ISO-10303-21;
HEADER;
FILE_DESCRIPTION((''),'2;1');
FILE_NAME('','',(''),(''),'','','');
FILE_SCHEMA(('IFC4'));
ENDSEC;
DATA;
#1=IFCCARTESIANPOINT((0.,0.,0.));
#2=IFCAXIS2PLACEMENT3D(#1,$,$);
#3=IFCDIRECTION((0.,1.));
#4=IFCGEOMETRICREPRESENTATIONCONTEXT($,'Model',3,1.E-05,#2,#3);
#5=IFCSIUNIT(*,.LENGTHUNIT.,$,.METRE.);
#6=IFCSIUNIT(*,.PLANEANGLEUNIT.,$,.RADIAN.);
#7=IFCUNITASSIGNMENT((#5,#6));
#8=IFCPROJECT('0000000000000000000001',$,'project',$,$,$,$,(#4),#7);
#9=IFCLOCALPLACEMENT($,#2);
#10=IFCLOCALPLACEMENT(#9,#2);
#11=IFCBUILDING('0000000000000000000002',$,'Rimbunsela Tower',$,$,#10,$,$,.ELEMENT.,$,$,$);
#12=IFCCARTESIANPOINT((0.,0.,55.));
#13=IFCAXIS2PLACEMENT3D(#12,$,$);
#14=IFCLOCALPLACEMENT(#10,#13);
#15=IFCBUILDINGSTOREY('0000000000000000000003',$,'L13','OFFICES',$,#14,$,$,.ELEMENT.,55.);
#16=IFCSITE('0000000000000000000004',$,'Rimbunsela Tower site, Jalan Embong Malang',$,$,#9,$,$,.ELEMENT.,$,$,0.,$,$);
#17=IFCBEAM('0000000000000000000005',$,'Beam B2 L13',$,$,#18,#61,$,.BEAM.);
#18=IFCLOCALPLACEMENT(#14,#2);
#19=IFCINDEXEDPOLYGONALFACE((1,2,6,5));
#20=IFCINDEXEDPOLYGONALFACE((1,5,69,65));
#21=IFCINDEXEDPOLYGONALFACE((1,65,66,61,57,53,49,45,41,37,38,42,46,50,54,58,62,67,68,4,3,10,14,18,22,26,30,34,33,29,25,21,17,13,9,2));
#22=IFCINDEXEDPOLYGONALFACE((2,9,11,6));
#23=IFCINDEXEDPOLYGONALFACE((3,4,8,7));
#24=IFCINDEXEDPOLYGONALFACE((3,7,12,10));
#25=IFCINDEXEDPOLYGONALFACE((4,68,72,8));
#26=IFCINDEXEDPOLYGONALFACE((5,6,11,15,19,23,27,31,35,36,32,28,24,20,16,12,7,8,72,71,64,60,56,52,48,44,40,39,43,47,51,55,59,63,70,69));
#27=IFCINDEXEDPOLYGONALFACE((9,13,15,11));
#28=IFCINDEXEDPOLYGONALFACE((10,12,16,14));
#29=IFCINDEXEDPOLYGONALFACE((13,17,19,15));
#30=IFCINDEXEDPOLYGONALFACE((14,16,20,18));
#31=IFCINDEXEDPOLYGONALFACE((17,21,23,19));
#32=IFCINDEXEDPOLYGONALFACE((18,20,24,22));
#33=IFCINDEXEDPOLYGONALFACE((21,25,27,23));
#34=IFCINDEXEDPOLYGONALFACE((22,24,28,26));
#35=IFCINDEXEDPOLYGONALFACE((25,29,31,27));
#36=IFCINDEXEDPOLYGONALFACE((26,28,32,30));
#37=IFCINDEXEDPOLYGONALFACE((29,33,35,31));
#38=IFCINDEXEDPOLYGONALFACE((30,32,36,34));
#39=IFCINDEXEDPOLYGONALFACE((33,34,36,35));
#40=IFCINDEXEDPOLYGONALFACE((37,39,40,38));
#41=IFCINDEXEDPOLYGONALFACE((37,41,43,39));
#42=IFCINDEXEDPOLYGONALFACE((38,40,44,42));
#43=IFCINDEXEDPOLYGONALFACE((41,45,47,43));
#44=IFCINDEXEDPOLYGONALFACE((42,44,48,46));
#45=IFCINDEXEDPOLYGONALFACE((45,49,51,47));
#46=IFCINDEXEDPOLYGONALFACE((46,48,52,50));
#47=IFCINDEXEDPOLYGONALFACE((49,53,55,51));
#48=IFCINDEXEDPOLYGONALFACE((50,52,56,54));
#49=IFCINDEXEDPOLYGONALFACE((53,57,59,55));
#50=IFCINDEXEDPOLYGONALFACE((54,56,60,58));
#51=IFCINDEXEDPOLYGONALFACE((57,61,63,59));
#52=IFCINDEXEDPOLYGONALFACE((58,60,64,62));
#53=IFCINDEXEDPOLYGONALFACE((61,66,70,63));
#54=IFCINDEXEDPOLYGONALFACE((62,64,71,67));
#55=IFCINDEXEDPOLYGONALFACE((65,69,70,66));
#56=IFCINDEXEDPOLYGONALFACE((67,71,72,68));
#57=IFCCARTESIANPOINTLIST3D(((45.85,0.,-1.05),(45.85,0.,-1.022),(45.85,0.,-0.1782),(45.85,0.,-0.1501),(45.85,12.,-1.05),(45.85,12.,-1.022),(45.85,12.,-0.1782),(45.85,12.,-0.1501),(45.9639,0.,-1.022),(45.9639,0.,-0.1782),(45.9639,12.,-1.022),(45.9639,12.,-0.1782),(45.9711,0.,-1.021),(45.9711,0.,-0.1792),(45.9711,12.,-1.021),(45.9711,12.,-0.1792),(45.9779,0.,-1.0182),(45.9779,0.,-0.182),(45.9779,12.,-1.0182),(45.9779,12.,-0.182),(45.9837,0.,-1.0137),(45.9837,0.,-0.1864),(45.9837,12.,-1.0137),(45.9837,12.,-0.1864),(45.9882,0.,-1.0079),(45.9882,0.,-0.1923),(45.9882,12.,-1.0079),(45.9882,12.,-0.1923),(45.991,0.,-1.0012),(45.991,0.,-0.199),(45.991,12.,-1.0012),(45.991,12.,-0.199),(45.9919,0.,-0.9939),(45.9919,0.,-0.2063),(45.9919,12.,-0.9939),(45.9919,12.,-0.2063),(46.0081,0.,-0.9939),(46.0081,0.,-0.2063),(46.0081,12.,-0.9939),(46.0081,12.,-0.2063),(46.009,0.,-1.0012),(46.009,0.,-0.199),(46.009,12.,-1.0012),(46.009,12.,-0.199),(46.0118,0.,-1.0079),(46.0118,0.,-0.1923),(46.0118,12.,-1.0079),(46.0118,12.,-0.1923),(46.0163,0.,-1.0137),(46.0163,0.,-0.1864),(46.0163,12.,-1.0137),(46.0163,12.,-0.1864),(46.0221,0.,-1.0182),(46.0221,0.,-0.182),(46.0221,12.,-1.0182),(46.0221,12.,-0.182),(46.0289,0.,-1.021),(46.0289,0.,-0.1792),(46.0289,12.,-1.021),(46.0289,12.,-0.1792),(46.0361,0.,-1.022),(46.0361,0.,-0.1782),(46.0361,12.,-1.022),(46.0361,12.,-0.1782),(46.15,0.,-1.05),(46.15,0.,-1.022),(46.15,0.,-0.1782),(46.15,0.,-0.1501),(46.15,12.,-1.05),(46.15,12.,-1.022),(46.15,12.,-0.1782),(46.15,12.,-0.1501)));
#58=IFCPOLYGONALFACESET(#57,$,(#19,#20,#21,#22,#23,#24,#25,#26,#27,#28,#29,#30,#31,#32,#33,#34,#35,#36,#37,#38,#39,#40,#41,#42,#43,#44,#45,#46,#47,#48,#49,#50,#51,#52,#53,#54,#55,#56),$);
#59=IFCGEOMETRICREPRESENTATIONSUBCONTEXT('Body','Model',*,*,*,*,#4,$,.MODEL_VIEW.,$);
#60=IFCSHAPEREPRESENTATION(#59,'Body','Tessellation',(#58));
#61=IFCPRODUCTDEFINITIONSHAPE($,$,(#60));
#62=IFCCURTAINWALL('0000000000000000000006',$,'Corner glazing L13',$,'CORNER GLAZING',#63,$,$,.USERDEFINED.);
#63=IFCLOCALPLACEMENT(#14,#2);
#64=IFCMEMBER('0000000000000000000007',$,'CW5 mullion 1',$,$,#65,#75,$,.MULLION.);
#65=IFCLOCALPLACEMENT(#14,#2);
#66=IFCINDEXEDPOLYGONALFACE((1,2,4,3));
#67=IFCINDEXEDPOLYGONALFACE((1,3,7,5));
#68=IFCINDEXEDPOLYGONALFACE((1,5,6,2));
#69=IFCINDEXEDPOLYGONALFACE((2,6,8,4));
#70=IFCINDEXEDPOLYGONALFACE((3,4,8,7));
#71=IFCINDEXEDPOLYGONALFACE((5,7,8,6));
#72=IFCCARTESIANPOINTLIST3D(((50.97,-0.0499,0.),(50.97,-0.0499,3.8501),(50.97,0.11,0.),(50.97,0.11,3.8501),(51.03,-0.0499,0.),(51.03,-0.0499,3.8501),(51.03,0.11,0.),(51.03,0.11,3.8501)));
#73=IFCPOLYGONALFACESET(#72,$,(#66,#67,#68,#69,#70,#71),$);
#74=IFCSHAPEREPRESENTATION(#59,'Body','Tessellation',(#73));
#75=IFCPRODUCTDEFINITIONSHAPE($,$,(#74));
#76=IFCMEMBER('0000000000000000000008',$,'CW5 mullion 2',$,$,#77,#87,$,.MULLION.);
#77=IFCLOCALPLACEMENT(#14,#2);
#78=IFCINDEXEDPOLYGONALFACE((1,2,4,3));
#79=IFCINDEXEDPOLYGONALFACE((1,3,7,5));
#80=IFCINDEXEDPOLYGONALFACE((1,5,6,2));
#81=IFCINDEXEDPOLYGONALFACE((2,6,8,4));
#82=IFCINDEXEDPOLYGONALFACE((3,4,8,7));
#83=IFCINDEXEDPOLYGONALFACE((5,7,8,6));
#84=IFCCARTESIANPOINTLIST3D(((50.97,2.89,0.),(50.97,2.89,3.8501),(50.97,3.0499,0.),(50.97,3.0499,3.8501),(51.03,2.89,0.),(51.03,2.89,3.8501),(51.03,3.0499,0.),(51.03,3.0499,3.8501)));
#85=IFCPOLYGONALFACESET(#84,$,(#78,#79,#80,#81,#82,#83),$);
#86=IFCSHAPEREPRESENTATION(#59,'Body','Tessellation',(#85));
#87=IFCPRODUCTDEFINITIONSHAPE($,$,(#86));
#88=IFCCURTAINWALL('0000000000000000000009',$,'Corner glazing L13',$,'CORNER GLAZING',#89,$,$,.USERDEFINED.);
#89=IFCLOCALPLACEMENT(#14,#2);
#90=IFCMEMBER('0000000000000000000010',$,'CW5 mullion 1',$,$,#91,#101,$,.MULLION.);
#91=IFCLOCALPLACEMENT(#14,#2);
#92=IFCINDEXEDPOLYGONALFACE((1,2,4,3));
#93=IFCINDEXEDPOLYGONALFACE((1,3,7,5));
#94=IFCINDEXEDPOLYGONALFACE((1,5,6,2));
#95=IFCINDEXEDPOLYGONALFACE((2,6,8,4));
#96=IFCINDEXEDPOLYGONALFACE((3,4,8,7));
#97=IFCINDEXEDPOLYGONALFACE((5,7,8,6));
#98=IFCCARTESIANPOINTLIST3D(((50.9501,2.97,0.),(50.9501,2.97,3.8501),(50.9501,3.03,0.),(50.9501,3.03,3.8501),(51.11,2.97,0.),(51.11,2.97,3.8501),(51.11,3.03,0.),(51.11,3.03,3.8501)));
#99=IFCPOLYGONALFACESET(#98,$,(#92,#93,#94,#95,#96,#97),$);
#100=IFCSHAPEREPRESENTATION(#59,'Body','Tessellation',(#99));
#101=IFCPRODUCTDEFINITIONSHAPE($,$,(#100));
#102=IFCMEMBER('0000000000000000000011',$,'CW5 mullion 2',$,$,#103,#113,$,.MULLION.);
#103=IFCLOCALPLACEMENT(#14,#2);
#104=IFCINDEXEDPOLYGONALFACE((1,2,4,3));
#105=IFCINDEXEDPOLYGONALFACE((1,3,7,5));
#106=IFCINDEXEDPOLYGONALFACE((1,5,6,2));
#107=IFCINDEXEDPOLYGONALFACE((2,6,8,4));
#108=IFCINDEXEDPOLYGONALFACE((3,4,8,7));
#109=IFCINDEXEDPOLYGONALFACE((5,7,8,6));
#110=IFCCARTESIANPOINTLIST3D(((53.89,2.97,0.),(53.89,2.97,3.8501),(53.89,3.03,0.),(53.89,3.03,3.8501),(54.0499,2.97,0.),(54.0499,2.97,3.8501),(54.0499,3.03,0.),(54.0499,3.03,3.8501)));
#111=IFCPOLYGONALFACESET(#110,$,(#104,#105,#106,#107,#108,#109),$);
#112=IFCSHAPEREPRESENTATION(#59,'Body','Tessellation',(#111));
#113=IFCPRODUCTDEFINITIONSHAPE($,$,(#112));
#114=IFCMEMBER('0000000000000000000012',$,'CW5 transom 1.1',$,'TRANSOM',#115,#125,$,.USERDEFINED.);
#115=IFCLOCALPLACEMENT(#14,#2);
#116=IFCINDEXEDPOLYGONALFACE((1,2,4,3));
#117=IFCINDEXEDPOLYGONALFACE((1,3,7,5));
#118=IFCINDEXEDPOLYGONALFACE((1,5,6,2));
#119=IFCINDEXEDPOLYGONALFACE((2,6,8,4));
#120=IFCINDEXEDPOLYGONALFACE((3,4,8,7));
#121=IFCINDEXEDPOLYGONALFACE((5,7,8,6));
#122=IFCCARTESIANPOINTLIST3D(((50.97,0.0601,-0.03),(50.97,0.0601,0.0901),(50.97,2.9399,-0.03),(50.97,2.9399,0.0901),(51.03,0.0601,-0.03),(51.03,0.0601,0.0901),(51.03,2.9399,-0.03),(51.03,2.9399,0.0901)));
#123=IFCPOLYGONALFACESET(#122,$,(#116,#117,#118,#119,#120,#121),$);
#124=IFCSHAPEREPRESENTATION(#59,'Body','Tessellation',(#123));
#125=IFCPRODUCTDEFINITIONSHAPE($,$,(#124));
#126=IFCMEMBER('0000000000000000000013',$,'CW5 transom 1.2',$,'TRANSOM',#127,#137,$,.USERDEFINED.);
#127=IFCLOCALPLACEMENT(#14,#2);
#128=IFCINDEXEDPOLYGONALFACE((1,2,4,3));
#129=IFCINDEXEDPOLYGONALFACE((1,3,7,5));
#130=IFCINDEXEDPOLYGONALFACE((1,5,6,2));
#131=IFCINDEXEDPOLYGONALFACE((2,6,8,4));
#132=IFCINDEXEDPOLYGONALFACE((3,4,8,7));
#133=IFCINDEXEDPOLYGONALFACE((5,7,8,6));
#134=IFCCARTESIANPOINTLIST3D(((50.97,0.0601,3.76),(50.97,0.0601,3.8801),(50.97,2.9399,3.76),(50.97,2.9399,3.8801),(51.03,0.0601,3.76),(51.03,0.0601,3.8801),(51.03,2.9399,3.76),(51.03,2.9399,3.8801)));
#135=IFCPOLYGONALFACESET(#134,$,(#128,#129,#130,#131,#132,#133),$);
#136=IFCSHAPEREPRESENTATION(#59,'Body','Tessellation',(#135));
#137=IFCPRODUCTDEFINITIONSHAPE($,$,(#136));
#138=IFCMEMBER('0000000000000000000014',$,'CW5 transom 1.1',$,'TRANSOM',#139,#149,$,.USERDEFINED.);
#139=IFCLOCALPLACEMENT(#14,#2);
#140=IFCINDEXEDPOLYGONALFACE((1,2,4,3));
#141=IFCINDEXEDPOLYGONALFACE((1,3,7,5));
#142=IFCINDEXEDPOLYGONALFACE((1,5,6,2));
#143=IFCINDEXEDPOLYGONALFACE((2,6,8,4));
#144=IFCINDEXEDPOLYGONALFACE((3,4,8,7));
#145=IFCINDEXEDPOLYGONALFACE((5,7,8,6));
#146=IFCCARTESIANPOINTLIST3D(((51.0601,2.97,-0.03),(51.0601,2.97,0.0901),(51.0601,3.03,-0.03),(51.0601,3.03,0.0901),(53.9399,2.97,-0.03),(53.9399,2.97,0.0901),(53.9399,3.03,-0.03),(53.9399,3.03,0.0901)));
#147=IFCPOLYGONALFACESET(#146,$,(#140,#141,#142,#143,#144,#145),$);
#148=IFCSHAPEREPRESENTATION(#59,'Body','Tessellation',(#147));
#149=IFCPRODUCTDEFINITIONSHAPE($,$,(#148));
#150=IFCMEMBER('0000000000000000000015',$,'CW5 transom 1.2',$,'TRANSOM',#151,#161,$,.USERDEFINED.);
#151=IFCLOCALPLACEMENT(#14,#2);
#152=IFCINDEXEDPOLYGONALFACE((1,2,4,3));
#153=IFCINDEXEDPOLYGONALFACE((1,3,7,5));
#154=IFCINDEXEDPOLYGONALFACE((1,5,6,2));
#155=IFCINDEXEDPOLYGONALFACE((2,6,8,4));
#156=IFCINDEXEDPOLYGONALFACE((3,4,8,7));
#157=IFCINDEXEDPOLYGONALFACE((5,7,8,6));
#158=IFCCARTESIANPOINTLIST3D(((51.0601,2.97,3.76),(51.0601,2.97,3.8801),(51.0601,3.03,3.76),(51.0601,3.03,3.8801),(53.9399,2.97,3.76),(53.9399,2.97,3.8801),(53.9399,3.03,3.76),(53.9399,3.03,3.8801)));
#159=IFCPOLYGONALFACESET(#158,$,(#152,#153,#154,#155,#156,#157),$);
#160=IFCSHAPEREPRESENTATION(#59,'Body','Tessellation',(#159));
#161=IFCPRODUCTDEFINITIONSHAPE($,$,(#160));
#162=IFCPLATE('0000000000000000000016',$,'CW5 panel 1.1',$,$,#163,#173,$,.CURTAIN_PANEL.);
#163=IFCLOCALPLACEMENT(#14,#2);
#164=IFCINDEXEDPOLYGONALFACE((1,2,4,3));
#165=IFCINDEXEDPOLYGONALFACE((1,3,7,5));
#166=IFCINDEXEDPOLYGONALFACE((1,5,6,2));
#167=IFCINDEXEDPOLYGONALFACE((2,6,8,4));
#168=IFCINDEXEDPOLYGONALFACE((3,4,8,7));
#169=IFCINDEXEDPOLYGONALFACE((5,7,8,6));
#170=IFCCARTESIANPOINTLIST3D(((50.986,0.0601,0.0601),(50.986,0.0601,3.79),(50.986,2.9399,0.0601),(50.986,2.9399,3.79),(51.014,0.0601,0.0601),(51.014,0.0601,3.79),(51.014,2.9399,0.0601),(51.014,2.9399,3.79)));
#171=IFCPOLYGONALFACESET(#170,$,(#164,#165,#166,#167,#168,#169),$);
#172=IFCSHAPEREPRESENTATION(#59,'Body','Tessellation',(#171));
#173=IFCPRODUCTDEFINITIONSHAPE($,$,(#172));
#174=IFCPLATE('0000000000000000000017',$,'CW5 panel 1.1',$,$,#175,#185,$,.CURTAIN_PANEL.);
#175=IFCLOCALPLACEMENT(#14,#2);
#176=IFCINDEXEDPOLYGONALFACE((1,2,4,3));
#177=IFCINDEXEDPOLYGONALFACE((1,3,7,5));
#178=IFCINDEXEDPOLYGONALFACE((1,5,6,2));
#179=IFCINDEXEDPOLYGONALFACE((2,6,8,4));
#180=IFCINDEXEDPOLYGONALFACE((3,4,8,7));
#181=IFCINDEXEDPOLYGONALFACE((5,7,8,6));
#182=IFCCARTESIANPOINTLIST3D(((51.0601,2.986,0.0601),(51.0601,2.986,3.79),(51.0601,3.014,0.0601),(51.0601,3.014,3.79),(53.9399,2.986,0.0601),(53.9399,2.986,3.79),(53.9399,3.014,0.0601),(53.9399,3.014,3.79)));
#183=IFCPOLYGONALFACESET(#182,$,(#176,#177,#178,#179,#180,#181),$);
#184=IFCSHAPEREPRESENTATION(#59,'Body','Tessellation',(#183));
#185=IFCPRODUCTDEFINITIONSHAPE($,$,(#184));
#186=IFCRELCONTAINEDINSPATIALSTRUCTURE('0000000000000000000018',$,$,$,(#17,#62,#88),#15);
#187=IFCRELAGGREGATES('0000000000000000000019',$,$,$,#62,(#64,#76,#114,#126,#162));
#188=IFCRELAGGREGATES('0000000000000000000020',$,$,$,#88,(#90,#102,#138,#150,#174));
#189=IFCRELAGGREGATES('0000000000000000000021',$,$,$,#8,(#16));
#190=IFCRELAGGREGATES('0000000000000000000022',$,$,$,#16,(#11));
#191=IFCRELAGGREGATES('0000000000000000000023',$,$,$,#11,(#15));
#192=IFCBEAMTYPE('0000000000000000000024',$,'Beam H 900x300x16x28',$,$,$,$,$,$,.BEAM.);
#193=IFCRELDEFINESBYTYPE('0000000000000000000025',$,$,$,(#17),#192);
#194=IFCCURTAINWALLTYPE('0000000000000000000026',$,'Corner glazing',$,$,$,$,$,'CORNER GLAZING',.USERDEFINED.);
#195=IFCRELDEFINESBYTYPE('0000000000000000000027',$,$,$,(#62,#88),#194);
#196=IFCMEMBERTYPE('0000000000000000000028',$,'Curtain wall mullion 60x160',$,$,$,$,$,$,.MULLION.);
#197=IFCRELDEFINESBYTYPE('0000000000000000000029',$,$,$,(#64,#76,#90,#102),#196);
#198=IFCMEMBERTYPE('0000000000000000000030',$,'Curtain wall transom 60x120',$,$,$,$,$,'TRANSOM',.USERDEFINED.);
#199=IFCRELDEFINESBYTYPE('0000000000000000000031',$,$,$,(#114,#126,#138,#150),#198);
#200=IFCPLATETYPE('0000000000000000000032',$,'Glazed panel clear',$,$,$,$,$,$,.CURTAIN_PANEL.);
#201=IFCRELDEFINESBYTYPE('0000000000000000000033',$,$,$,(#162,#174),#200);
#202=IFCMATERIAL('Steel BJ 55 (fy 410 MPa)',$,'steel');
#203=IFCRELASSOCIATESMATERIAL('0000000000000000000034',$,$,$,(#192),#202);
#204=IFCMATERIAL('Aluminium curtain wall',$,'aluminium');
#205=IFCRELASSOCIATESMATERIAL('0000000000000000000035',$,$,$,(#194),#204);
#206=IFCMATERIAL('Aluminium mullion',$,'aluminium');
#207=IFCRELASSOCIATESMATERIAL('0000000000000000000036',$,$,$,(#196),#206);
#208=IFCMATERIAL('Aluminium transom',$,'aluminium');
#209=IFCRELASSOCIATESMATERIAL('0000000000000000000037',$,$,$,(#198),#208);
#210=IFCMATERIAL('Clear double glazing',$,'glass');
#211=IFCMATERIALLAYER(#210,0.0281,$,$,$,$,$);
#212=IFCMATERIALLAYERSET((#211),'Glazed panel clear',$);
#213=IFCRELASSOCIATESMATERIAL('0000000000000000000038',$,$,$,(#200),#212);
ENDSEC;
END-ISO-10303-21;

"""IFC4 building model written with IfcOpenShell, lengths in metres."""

from ifc_helpers import new_model, si_unit, direction, frame, origin, origin_2d, place, context, subcontext, project, spatial, rectangle, i_section, extrude, material, layer, layer_set, material_profile, profile_set, type_object, element, aggregate, save


model = new_model("IFC4")

# Units and contexts
model_context = context("Model", 3, precision=1e-05, world=origin(), true_north=direction((0.0, 1.0)))
body_context = subcontext(model_context, "Body", "Model", "MODEL_VIEW")
ifc_project = project(units=[si_unit("LENGTHUNIT", "METRE"), si_unit("PLANEANGLEUNIT", "RADIAN")], contexts=[model_context])

# Site, building, storey
site_placement = place(None, origin())
site = spatial("IfcSite", under=ifc_project, at=site_placement, Name="Rimbunsela Tower site, Jalan Embong Malang", CompositionType="ELEMENT", RefElevation=0.0)
building_placement = place(site_placement, origin())
building = spatial("IfcBuilding", under=site, at=building_placement, Name="Rimbunsela Tower", CompositionType="ELEMENT")
storey_placement = place(building_placement, frame((0.0, 0.0, 55.0)))
storey = spatial("IfcBuildingStorey", under=building, at=storey_placement, Name="L13", Description="OFFICES", CompositionType="ELEMENT", Elevation=55.0)

# Beam
ifc_material_1 = material(Name="Steel BJ 55 (fy 410 MPa)", Category="steel")
ifc_material_profile_1 = material_profile(ifc_material_1, i_section(OverallWidth=0.3, OverallDepth=0.8999, WebThickness=0.0161, FlangeThickness=0.0281, FilletRadius=0.0281, at=origin_2d()), Name="H 900x300x16x28")
ifc_profile_set_1 = profile_set([ifc_material_profile_1], Name="Steel BJ 55 (fy 410 MPa)")
beam_type_1 = type_object("IfcBeamType", Name="Beam H 900x300x16x28", PredefinedType="BEAM", material=ifc_profile_set_1)
beam_1_placement = place(storey_placement, frame((46.0, 0.0, -0.6001), z_axis=(0.0, 1.0, 0.0), x_axis=(-1.0, 0.0, 0.0)))
element("IfcBeam", 1, at=beam_1_placement, inside=storey, type_object=beam_type_1, Name="Beam B2 L13", PredefinedType="BEAM", context=body_context, shape_type="SweptSolid", body=[
    extrude(i_section(OverallWidth=0.3, OverallDepth=0.8999, WebThickness=0.0161, FlangeThickness=0.0281, FilletRadius=0.0281, at=origin_2d()), origin(), (0.0, 0.0, 1.0), 12.0),
])

# Curtain walls, members
ifc_material_2 = material(Name="Aluminium curtain wall", Category="aluminium")
curtain_wall_type = type_object("IfcCurtainWallType", Name="Corner glazing", ElementType="CORNER GLAZING", PredefinedType="USERDEFINED", material=ifc_material_2)
curtain_wall_1_placement = place(storey_placement, origin())
curtain_wall_1 = element("IfcCurtainWall", 2, at=curtain_wall_1_placement, inside=storey, type_object=curtain_wall_type, Name="Corner glazing L13", ObjectType="CORNER GLAZING", PredefinedType="USERDEFINED")
ifc_material_3 = material(Name="Aluminium mullion", Category="aluminium")
ifc_material_profile_2 = material_profile(ifc_material_3, rectangle(XDim=0.0601, YDim=0.1599, at=origin_2d()), Name="Mullion 60x160")
ifc_profile_set_2 = profile_set([ifc_material_profile_2], Name="Aluminium mullion")
member_type_1 = type_object("IfcMemberType", Name="Curtain wall mullion 60x160", PredefinedType="MULLION", material=ifc_profile_set_2)
member_1_placement = place(storey_placement, frame((51.0, 0.03, 0.0), z_axis=(0.0, 0.0, 1.0), x_axis=(-1.0, 0.0, 0.0)))
member_1 = element("IfcMember", 3, at=member_1_placement, type_object=member_type_1, Name="CW5 mullion 1", PredefinedType="MULLION", context=body_context, shape_type="SweptSolid", body=[
    extrude(rectangle(XDim=0.0601, YDim=0.1599, at=origin_2d()), origin(), (0.0, 0.0, 1.0), 3.8501),
])
member_2_placement = place(storey_placement, frame((51.0, 2.97, 0.0), z_axis=(0.0, 0.0, 1.0), x_axis=(-1.0, 0.0, 0.0)))
member_2 = element("IfcMember", 4, at=member_2_placement, type_object=member_type_1, Name="CW5 mullion 2", PredefinedType="MULLION", context=body_context, shape_type="SweptSolid", body=[
    extrude(rectangle(XDim=0.0601, YDim=0.1599, at=origin_2d()), origin(), (0.0, 0.0, 1.0), 3.8501),
])
curtain_wall_2_placement = place(storey_placement, origin())
curtain_wall_2 = element("IfcCurtainWall", 5, at=curtain_wall_2_placement, inside=storey, type_object=curtain_wall_type, Name="Corner glazing L13", ObjectType="CORNER GLAZING", PredefinedType="USERDEFINED")
member_3_placement = place(storey_placement, frame((51.03, 3.0, 0.0), z_axis=(0.0, 0.0, 1.0), x_axis=(0.0, 1.0, 0.0)))
member_3 = element("IfcMember", 6, at=member_3_placement, type_object=member_type_1, Name="CW5 mullion 1", PredefinedType="MULLION", context=body_context, shape_type="SweptSolid", body=[
    extrude(rectangle(XDim=0.0601, YDim=0.1599, at=origin_2d()), origin(), (0.0, 0.0, 1.0), 3.8501),
])
member_4_placement = place(storey_placement, frame((53.97, 3.0, 0.0), z_axis=(0.0, 0.0, 1.0), x_axis=(0.0, 1.0, 0.0)))
member_4 = element("IfcMember", 7, at=member_4_placement, type_object=member_type_1, Name="CW5 mullion 2", PredefinedType="MULLION", context=body_context, shape_type="SweptSolid", body=[
    extrude(rectangle(XDim=0.0601, YDim=0.1599, at=origin_2d()), origin(), (0.0, 0.0, 1.0), 3.8501),
])

# Members
ifc_material_4 = material(Name="Aluminium transom", Category="aluminium")
ifc_material_profile_3 = material_profile(ifc_material_4, rectangle(XDim=0.0601, YDim=0.1201, at=origin_2d()), Name="Transom 60x120")
ifc_profile_set_3 = profile_set([ifc_material_profile_3], Name="Aluminium transom")
member_type_2 = type_object("IfcMemberType", Name="Curtain wall transom 60x120", ElementType="TRANSOM", PredefinedType="USERDEFINED", material=ifc_profile_set_3)
member_5_placement = place(storey_placement, frame((51.0, 0.0601, 0.03), z_axis=(0.0, 1.0, 0.0), x_axis=(-1.0, 0.0, 0.0)))
member_5 = element("IfcMember", 8, at=member_5_placement, type_object=member_type_2, Name="CW5 transom 1.1", ObjectType="TRANSOM", PredefinedType="USERDEFINED", context=body_context, shape_type="SweptSolid", body=[
    extrude(rectangle(XDim=0.0601, YDim=0.1201, at=origin_2d()), origin(), (0.0, 0.0, 1.0), 2.8799),
])
member_6_placement = place(storey_placement, frame((51.0, 0.0601, 3.8201), z_axis=(0.0, 1.0, 0.0), x_axis=(-1.0, 0.0, 0.0)))
member_6 = element("IfcMember", 9, at=member_6_placement, type_object=member_type_2, Name="CW5 transom 1.2", ObjectType="TRANSOM", PredefinedType="USERDEFINED", context=body_context, shape_type="SweptSolid", body=[
    extrude(rectangle(XDim=0.0601, YDim=0.1201, at=origin_2d()), origin(), (0.0, 0.0, 1.0), 2.8799),
])
member_7_placement = place(storey_placement, frame((51.0601, 3.0, 0.03), z_axis=(1.0, 0.0, 0.0), x_axis=(0.0, 1.0, 0.0)))
member_7 = element("IfcMember", 10, at=member_7_placement, type_object=member_type_2, Name="CW5 transom 1.1", ObjectType="TRANSOM", PredefinedType="USERDEFINED", context=body_context, shape_type="SweptSolid", body=[
    extrude(rectangle(XDim=0.0601, YDim=0.1201, at=origin_2d()), origin(), (0.0, 0.0, 1.0), 2.8799),
])
member_8_placement = place(storey_placement, frame((51.0601, 3.0, 3.8201), z_axis=(1.0, 0.0, 0.0), x_axis=(0.0, 1.0, 0.0)))
member_8 = element("IfcMember", 11, at=member_8_placement, type_object=member_type_2, Name="CW5 transom 1.2", ObjectType="TRANSOM", PredefinedType="USERDEFINED", context=body_context, shape_type="SweptSolid", body=[
    extrude(rectangle(XDim=0.0601, YDim=0.1201, at=origin_2d()), origin(), (0.0, 0.0, 1.0), 2.8799),
])

# Plates
ifc_material_5 = material(Name="Clear double glazing", Category="glass")
ifc_layer_1 = layer(ifc_material_5, 0.0281)
ifc_layer_set_1 = layer_set([ifc_layer_1], Name="Glazed panel clear")
plate_type = type_object("IfcPlateType", Name="Glazed panel clear", PredefinedType="CURTAIN_PANEL", material=ifc_layer_set_1)
plate_1_placement = place(storey_placement, frame((51.0, 1.5, 0.0601), z_axis=(0.0, 0.0, 1.0), x_axis=(0.0, 1.0, 0.0)))
plate_1 = element("IfcPlate", 12, at=plate_1_placement, type_object=plate_type, Name="CW5 panel 1.1", PredefinedType="CURTAIN_PANEL", context=body_context, shape_type="SweptSolid", body=[
    extrude(rectangle(XDim=2.8799, YDim=0.0281, at=origin_2d()), origin(), (0.0, 0.0, 1.0), 3.73),
])
aggregate(curtain_wall_1, [member_1, member_2, member_5, member_6, plate_1])
plate_2_placement = place(storey_placement, frame((52.5, 3.0, 0.0601), z_axis=(0.0, 0.0, 1.0), x_axis=(1.0, 0.0, 0.0)))
plate_2 = element("IfcPlate", 13, at=plate_2_placement, type_object=plate_type, Name="CW5 panel 1.1", PredefinedType="CURTAIN_PANEL", context=body_context, shape_type="SweptSolid", body=[
    extrude(rectangle(XDim=2.8799, YDim=0.0281, at=origin_2d()), origin(), (0.0, 0.0, 1.0), 3.73),
])
aggregate(curtain_wall_2, [member_3, member_4, member_7, member_8, plate_2])

save(model, "model.ifc")
